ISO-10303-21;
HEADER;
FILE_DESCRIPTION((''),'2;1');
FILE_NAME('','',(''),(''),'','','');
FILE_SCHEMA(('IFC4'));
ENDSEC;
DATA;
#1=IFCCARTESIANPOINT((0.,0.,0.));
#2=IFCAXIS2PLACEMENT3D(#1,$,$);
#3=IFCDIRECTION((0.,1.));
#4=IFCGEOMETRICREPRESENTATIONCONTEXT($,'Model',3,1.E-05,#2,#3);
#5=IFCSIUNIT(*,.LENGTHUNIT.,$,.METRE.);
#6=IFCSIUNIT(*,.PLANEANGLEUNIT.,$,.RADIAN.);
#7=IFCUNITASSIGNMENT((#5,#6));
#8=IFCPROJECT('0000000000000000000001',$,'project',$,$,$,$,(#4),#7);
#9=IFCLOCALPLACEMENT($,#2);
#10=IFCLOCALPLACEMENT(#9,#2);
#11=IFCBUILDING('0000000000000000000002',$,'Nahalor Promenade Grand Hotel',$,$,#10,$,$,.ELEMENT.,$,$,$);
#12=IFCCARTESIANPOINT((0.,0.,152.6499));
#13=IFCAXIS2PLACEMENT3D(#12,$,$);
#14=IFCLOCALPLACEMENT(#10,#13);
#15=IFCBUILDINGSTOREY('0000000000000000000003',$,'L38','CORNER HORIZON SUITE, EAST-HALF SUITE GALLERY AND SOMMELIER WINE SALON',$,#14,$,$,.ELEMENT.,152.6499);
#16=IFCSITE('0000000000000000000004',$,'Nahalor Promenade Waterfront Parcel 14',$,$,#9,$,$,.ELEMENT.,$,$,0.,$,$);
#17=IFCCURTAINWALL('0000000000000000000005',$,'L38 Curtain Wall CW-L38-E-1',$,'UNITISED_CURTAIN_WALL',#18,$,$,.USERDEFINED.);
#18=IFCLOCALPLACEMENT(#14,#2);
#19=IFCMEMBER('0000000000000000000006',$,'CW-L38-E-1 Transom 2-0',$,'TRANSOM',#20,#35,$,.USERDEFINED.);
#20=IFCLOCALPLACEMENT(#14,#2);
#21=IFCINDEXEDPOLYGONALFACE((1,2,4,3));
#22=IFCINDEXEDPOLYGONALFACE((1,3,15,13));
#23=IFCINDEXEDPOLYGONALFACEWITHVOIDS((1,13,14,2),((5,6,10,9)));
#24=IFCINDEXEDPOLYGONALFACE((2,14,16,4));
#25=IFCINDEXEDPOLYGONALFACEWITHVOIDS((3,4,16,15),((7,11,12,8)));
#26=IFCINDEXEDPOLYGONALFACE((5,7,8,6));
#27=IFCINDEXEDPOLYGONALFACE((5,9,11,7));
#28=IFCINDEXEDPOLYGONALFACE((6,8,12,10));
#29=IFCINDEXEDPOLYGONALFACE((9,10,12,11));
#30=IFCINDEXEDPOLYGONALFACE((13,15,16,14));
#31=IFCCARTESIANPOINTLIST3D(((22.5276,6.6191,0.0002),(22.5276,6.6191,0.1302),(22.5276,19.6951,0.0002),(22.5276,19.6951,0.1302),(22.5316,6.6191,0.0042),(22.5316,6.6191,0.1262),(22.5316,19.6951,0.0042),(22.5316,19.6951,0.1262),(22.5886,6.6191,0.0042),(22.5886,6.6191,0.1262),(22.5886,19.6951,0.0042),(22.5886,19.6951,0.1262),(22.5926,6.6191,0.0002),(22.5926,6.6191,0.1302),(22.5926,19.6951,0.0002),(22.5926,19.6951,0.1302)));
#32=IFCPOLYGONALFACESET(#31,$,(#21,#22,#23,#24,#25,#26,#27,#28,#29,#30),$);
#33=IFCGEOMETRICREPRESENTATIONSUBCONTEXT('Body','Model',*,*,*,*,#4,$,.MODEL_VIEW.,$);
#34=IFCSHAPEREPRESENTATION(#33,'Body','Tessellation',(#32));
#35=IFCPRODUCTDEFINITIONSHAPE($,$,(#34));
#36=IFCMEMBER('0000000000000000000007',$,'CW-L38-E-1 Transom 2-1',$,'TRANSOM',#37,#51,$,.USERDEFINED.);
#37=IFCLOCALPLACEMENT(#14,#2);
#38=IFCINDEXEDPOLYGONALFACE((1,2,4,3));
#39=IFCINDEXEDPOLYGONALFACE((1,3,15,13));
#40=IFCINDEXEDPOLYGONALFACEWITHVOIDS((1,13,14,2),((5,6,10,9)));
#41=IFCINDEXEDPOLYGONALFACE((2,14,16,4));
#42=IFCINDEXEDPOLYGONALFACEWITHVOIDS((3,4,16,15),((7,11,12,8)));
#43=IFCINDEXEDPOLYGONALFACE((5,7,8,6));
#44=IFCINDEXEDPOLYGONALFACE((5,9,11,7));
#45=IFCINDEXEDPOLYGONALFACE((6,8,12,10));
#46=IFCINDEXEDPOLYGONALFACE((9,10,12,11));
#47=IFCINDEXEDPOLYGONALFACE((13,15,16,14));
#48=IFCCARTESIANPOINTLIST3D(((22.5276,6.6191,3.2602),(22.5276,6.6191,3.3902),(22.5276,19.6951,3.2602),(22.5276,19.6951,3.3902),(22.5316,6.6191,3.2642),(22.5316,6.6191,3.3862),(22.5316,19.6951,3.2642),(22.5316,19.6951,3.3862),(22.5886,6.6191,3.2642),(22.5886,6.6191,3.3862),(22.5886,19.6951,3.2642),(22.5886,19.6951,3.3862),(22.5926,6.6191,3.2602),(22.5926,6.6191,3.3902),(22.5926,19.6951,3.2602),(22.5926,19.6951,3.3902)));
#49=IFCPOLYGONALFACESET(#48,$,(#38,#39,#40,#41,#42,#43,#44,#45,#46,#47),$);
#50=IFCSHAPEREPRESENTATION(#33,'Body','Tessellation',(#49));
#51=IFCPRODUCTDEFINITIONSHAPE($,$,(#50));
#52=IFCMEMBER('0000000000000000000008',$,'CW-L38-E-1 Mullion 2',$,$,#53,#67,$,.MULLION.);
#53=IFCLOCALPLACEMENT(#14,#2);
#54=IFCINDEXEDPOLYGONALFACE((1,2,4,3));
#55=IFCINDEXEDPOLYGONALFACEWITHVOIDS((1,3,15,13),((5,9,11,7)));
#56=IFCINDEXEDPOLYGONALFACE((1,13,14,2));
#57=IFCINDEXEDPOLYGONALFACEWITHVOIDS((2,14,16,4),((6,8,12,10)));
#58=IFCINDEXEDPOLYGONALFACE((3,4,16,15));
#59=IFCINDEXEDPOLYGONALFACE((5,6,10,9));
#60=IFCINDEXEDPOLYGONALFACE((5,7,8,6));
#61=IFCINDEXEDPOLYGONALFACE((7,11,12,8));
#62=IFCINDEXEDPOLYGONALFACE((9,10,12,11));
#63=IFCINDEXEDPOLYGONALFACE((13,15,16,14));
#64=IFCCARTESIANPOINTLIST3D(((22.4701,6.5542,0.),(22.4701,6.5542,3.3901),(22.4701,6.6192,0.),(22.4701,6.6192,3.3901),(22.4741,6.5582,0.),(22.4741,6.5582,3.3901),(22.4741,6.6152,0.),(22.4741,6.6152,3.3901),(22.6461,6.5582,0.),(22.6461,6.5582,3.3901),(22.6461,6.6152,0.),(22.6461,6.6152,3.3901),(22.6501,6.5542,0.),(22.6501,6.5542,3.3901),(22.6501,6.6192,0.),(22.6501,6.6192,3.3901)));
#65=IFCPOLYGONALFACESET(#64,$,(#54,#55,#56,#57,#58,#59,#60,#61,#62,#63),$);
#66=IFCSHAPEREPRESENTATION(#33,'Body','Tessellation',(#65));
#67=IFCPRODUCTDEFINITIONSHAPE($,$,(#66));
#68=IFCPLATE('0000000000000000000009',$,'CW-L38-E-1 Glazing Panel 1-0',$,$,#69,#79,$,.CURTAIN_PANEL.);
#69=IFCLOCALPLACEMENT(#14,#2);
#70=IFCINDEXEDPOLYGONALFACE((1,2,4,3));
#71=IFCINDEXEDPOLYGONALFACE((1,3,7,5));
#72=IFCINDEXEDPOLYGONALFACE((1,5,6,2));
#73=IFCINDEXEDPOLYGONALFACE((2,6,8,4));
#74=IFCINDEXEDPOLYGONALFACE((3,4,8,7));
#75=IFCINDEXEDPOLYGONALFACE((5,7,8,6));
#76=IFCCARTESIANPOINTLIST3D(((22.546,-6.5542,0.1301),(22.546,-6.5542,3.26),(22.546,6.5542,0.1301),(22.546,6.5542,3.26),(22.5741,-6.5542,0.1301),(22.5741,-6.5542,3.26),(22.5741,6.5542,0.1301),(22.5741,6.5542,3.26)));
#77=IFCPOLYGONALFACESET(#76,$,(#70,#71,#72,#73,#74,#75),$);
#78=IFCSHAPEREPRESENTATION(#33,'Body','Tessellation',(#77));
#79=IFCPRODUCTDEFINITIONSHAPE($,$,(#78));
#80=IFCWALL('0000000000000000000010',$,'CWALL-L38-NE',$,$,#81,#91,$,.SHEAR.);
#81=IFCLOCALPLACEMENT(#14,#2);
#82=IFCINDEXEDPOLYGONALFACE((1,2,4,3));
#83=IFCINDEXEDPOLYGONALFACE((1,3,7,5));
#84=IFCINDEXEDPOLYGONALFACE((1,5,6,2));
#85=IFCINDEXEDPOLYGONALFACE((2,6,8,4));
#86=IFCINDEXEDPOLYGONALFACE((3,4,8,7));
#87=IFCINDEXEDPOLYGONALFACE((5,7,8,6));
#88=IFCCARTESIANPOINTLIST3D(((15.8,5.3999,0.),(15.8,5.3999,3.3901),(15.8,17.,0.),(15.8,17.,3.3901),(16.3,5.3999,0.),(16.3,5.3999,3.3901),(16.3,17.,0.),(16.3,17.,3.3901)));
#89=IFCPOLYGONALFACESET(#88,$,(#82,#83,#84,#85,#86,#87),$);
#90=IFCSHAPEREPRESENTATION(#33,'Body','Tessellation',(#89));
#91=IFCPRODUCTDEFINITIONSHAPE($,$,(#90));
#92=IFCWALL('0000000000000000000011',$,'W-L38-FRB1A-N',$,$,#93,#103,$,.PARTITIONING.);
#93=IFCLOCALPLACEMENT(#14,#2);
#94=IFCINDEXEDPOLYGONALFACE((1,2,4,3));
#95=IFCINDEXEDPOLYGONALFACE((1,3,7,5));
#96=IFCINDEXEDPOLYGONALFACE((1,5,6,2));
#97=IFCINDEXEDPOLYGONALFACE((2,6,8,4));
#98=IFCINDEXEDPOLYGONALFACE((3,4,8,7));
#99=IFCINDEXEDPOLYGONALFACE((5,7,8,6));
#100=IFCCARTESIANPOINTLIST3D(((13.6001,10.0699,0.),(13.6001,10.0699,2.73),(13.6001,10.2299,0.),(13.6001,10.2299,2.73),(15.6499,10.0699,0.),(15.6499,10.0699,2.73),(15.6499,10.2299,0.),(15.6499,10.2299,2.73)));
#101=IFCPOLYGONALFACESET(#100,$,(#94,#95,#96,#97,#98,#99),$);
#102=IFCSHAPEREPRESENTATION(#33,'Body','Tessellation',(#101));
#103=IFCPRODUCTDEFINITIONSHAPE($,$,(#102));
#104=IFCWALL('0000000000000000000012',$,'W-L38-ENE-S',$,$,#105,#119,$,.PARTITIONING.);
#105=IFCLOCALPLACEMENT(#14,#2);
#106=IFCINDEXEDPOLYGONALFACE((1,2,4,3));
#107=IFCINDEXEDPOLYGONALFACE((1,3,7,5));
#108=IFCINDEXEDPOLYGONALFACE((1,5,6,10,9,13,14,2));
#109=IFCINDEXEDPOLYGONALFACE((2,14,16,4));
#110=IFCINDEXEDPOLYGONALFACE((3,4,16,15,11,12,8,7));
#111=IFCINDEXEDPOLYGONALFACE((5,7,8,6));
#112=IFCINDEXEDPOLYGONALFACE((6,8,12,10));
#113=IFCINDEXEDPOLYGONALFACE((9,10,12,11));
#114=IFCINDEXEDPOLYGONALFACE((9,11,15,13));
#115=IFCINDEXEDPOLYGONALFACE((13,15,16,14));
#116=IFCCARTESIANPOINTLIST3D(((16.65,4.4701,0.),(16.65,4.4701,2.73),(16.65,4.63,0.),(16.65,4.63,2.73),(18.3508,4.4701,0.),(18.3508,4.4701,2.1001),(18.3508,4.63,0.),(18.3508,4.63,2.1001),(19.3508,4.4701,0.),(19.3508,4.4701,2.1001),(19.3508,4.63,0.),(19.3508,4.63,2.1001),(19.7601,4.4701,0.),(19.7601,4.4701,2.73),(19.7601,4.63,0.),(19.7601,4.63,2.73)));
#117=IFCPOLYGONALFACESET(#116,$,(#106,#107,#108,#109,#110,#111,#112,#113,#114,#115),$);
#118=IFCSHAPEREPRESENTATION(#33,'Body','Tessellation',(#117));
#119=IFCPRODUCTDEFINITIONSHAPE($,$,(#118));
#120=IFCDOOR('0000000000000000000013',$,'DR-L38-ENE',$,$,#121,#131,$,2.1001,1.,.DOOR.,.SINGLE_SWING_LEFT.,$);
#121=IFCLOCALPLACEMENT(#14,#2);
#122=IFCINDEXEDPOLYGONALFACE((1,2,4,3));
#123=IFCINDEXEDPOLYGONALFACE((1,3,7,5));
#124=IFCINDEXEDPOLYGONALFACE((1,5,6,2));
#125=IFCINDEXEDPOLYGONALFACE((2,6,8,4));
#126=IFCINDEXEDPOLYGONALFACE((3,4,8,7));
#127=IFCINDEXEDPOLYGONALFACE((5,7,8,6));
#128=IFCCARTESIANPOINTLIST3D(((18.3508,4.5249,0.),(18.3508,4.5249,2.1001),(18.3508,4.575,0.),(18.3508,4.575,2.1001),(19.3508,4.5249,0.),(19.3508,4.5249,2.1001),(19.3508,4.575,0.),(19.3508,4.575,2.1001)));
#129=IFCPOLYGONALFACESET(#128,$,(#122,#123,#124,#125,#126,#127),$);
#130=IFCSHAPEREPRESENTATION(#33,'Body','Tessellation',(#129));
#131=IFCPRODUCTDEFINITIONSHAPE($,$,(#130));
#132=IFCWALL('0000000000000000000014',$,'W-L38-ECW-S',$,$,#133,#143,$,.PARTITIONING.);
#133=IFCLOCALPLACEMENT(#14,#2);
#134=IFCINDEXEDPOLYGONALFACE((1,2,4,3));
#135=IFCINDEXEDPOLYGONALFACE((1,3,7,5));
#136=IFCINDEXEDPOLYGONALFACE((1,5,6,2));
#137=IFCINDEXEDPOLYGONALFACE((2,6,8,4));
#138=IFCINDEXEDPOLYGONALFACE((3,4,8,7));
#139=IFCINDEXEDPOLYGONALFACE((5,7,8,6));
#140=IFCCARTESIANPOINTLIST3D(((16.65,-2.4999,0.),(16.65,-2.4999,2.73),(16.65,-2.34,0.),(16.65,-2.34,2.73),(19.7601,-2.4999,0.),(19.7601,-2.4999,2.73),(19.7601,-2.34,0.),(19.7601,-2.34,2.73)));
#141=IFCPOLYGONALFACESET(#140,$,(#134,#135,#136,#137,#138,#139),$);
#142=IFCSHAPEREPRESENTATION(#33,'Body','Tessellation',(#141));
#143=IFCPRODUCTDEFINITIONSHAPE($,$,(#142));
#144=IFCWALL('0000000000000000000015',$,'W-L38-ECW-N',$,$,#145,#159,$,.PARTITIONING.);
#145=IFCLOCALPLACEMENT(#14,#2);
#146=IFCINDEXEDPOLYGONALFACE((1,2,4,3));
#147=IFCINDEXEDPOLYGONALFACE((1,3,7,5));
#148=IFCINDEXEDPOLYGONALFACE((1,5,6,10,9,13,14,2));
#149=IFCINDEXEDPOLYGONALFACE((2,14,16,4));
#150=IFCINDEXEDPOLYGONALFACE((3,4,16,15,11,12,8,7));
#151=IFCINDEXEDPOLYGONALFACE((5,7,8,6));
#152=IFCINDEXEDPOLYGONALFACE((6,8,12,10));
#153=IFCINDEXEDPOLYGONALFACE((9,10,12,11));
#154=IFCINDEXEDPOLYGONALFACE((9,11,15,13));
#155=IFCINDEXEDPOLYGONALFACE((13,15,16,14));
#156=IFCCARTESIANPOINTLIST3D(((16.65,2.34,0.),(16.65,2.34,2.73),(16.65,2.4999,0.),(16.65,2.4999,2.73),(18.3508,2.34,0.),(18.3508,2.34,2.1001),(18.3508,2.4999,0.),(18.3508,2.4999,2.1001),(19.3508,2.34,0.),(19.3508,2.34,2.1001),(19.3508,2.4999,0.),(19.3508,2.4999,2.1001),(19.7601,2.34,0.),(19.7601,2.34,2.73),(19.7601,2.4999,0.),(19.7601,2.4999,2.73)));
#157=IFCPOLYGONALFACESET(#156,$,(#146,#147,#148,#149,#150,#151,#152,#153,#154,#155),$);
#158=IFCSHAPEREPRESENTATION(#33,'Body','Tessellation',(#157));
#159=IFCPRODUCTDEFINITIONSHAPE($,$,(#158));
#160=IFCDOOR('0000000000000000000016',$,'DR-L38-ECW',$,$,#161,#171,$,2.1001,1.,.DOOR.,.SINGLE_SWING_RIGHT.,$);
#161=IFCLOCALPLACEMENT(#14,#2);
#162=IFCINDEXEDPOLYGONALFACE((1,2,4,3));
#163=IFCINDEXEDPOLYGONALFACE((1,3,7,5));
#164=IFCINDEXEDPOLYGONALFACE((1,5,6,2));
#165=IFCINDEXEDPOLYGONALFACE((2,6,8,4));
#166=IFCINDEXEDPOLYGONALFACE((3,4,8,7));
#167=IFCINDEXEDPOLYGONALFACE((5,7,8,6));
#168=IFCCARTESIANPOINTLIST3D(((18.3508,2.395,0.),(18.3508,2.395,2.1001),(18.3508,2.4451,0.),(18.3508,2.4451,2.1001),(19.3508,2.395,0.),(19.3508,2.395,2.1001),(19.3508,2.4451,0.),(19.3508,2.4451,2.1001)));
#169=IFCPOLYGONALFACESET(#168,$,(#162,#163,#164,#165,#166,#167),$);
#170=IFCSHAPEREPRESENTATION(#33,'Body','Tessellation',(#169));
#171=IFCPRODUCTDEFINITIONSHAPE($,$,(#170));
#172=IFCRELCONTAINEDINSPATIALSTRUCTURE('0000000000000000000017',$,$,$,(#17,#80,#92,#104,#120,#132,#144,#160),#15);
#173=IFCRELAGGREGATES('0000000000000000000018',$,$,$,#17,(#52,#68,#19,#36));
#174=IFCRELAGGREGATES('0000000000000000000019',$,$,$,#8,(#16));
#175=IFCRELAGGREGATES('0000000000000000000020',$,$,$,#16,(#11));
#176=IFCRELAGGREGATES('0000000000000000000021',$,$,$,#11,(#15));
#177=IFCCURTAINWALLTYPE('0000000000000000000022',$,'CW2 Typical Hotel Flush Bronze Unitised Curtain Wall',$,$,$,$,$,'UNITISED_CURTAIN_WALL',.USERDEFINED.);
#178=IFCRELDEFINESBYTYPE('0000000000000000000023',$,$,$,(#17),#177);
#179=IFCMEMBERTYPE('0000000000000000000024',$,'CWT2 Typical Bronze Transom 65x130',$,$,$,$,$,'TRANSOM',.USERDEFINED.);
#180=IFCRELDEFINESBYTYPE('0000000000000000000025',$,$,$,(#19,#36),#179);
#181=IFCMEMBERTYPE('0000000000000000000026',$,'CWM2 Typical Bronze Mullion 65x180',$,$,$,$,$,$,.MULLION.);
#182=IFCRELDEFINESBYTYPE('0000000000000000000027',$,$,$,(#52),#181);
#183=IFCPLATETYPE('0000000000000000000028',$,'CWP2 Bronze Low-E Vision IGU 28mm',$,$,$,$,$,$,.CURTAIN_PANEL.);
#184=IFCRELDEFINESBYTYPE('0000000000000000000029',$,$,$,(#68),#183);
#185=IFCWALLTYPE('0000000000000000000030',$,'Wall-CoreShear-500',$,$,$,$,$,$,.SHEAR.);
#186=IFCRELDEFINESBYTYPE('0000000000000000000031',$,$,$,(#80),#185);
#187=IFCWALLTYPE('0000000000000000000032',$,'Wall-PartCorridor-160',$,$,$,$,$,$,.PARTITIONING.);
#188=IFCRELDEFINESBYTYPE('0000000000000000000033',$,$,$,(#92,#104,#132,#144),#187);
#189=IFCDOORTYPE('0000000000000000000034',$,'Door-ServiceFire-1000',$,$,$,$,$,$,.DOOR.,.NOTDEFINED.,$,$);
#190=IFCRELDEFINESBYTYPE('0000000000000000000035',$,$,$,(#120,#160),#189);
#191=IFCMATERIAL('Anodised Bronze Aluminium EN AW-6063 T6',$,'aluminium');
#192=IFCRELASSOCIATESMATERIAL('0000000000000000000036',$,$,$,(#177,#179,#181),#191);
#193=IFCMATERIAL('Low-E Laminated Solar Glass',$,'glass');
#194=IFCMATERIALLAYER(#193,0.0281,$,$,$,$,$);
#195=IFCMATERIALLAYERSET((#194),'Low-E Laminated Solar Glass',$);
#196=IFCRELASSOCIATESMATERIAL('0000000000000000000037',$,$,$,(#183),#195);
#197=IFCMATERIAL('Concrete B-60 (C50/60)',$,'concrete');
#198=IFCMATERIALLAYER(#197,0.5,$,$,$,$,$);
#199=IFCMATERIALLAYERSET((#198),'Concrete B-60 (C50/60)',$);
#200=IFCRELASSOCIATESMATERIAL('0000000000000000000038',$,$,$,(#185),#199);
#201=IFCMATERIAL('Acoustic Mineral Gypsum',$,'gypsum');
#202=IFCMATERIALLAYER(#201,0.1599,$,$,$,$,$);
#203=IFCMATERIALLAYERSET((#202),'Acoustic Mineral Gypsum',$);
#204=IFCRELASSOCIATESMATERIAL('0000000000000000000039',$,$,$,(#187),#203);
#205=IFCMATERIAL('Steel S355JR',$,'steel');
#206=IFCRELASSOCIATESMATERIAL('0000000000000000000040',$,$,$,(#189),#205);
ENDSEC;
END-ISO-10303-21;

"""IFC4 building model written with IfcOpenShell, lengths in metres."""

from ifc_helpers import new_model, si_unit, direction, frame, frame_2d, origin, origin_2d, place, context, subcontext, project, spatial, rectangle, hollow_rectangle, extrude, source, transform, mapped, material, layer, layer_set, material_profile, profile_set, type_object, element, fill, aggregate, save


model = new_model("IFC4")

# Units and contexts
model_context = context("Model", 3, precision=1e-05, world=origin(), true_north=direction((0.0, 1.0)))
body_context = subcontext(model_context, "Body", "Model", "MODEL_VIEW")
ifc_project = project(units=[si_unit("LENGTHUNIT", "METRE"), si_unit("PLANEANGLEUNIT", "RADIAN")], contexts=[model_context])

# Site, building, storey
site_placement = place(None, origin())
site = spatial("IfcSite", under=ifc_project, at=site_placement, Name="Nahalor Promenade Waterfront Parcel 14", CompositionType="ELEMENT", RefElevation=0.0)
building_placement = place(site_placement, origin())
building = spatial("IfcBuilding", under=site, at=building_placement, Name="Nahalor Promenade Grand Hotel", CompositionType="ELEMENT")
storey_placement = place(building_placement, frame((0.0, 0.0, 152.6499)))
storey = spatial("IfcBuildingStorey", under=building, at=storey_placement, Name="L38", Description="CORNER HORIZON SUITE, EAST-HALF SUITE GALLERY AND SOMMELIER WINE SALON", CompositionType="ELEMENT", Elevation=152.6499)

# Shared definitions
ifc_material_1 = material(Name="Steel S355JR", Category="steel")

# Curtain wall, members, plate
ifc_material_2 = material(Name="Anodised Bronze Aluminium EN AW-6063 T6", Category="aluminium")
curtain_wall_type = type_object("IfcCurtainWallType", Name="CW2 Typical Hotel Flush Bronze Unitised Curtain Wall", ElementType="UNITISED_CURTAIN_WALL", PredefinedType="USERDEFINED", material=ifc_material_2)
curtain_wall_placement = place(storey_placement, origin())
curtain_wall = element("IfcCurtainWall", 1, at=curtain_wall_placement, inside=storey, type_object=curtain_wall_type, Name="L38 Curtain Wall CW-L38-E-1", ObjectType="UNITISED_CURTAIN_WALL", PredefinedType="USERDEFINED")
ifc_material_profile_1 = material_profile(ifc_material_2, hollow_rectangle(XDim=0.065, YDim=0.13, WallThickness=0.004, at=origin_2d()), Name="CWT 65x130x4")
ifc_profile_set_1 = profile_set([ifc_material_profile_1], Name="Anodised Bronze Aluminium EN AW-6063 T6")
member_type_1 = type_object("IfcMemberType", Name="CWT2 Typical Bronze Transom 65x130", ElementType="TRANSOM", PredefinedType="USERDEFINED", material=ifc_profile_set_1)
shared_shape_1 = source(origin(), body_context, "Body", "SweptSolid", [
    extrude(hollow_rectangle(XDim=0.065, YDim=0.13, WallThickness=0.004, at=origin_2d()), origin(), (0.0, 0.0, 1.0), 13.0759),
])
member_1_placement = place(storey_placement, frame((22.5601, 6.6191, 0.0652), z_axis=(0.0, 1.0, 0.0), x_axis=(-1.0, 0.0, 0.0)))
member_1 = element("IfcMember", 2, at=member_1_placement, type_object=member_type_1, Name="CW-L38-E-1 Transom 2-0", ObjectType="TRANSOM", PredefinedType="USERDEFINED", context=body_context, shape_type="MappedRepresentation", body=[
    mapped(shared_shape_1, transform((0.0, 0.0, 0.0), scale=1.0)),
])
member_2_placement = place(storey_placement, frame((22.5601, 6.6191, 3.3252), z_axis=(0.0, 1.0, 0.0), x_axis=(-1.0, 0.0, 0.0)))
member_2 = element("IfcMember", 3, at=member_2_placement, type_object=member_type_1, Name="CW-L38-E-1 Transom 2-1", ObjectType="TRANSOM", PredefinedType="USERDEFINED", context=body_context, shape_type="MappedRepresentation", body=[
    mapped(shared_shape_1, transform((0.0, 0.0, 0.0), scale=1.0)),
])
ifc_material_profile_2 = material_profile(ifc_material_2, hollow_rectangle(XDim=0.065, YDim=0.18, WallThickness=0.004, at=origin_2d()), Name="CWM 65x180x4")
ifc_profile_set_2 = profile_set([ifc_material_profile_2], Name="Anodised Bronze Aluminium EN AW-6063 T6")
member_type_2 = type_object("IfcMemberType", Name="CWM2 Typical Bronze Mullion 65x180", PredefinedType="MULLION", material=ifc_profile_set_2)
shared_shape_2 = source(origin(), body_context, "Body", "SweptSolid", [
    extrude(hollow_rectangle(XDim=0.065, YDim=0.18, WallThickness=0.004, at=origin_2d()), origin(), (0.0, 0.0, 1.0), 3.3901),
])
member_3_placement = place(storey_placement, frame((22.5601, 6.5867, 0.0), z_axis=(0.0, 0.0, 1.0), x_axis=(0.0, 1.0, 0.0)))
member_3 = element("IfcMember", 4, at=member_3_placement, type_object=member_type_2, Name="CW-L38-E-1 Mullion 2", PredefinedType="MULLION", context=body_context, shape_type="MappedRepresentation", body=[
    mapped(shared_shape_2, transform((0.0, 0.0, 0.0), scale=1.0)),
])
ifc_material_3 = material(Name="Low-E Laminated Solar Glass", Category="glass")
ifc_layer_1 = layer(ifc_material_3, 0.0281)
ifc_layer_set_1 = layer_set([ifc_layer_1], Name="Low-E Laminated Solar Glass")
plate_type = type_object("IfcPlateType", Name="CWP2 Bronze Low-E Vision IGU 28mm", PredefinedType="CURTAIN_PANEL", material=ifc_layer_set_1)
shared_shape_3 = source(origin(), body_context, "Body", "SweptSolid", [
    extrude(rectangle(XDim=13.1084, YDim=0.0281, at=origin_2d()), origin(), (0.0, 0.0, 1.0), 3.1299),
])
plate_placement = place(storey_placement, frame((22.5601, 0.0, 0.1301), z_axis=(0.0, 0.0, 1.0), x_axis=(0.0, 1.0, 0.0)))
plate = element("IfcPlate", 5, at=plate_placement, type_object=plate_type, Name="CW-L38-E-1 Glazing Panel 1-0", PredefinedType="CURTAIN_PANEL", context=body_context, shape_type="MappedRepresentation", body=[
    mapped(shared_shape_3, transform((0.0, 0.0, 0.0), scale=1.0)),
])
aggregate(curtain_wall, [member_3, plate, member_1, member_2])

# Walls
ifc_material_4 = material(Name="Concrete B-60 (C50/60)", Category="concrete")
ifc_layer_2 = layer(ifc_material_4, 0.5)
ifc_layer_set_2 = layer_set([ifc_layer_2], Name="Concrete B-60 (C50/60)")
wall_type_1 = type_object("IfcWallType", Name="Wall-CoreShear-500", PredefinedType="SHEAR", material=ifc_layer_set_2)
shared_shape_4 = source(origin(), body_context, "Body", "SweptSolid", [
    extrude(rectangle(XDim=11.6001, YDim=0.5, at=frame_2d((5.8, 0.0))), origin(), (0.0, 0.0, 1.0), 3.3901),
])
wall_1_placement = place(storey_placement, frame((16.05, 5.3999, 0.0), z_axis=(0.0, 0.0, 1.0), x_axis=(0.0, 1.0, 0.0)))
element("IfcWall", 6, at=wall_1_placement, inside=storey, type_object=wall_type_1, Name="CWALL-L38-NE", PredefinedType="SHEAR", context=body_context, shape_type="MappedRepresentation", body=[
    mapped(shared_shape_4, transform((0.0, 0.0, 0.0), scale=1.0)),
])
ifc_material_5 = material(Name="Acoustic Mineral Gypsum", Category="gypsum")
ifc_layer_3 = layer(ifc_material_5, 0.1599)
ifc_layer_set_3 = layer_set([ifc_layer_3], Name="Acoustic Mineral Gypsum")
wall_type_2 = type_object("IfcWallType", Name="Wall-PartCorridor-160", PredefinedType="PARTITIONING", material=ifc_layer_set_3)
shared_shape_5 = source(origin(), body_context, "Body", "SweptSolid", [
    extrude(rectangle(XDim=2.0498, YDim=0.1599, at=frame_2d((1.0249, 0.0))), origin(), (0.0, 0.0, 1.0), 2.73),
])
wall_2_placement = place(storey_placement, frame((13.6001, 10.1499, 0.0), z_axis=(0.0, 0.0, 1.0), x_axis=(1.0, 0.0, 0.0)))
element("IfcWall", 7, at=wall_2_placement, inside=storey, type_object=wall_type_2, Name="W-L38-FRB1A-N", PredefinedType="PARTITIONING", context=body_context, shape_type="MappedRepresentation", body=[
    mapped(shared_shape_5, transform((0.0, 0.0, 0.0), scale=1.0)),
])

# Wall, opening, door
shared_shape_6 = source(origin(), body_context, "Body", "SweptSolid", [
    extrude(rectangle(XDim=3.1101, YDim=0.1599, at=frame_2d((1.5552, 0.0))), origin(), (0.0, 0.0, 1.0), 2.73),
])
wall_3_placement = place(storey_placement, frame((16.6499, 4.55, 0.0), z_axis=(0.0, 0.0, 1.0), x_axis=(1.0, 0.0, 0.0)))
wall_3 = element("IfcWall", 8, at=wall_3_placement, inside=storey, type_object=wall_type_2, Name="W-L38-ENE-S", PredefinedType="PARTITIONING", context=body_context, shape_type="MappedRepresentation", body=[
    mapped(shared_shape_6, transform((0.0, 0.0, 0.0), scale=1.0)),
])
opening_1_placement = place(wall_3_placement, frame((1.7009, 0.0, 0.0)))
opening_1 = element("IfcOpeningElement", 9, at=opening_1_placement, cuts=wall_3, PredefinedType="OPENING", context=body_context, shape_type="SweptSolid", body=[
    extrude(rectangle(XDim=1.0, YDim=2.1001, at=frame_2d((0.5, 1.05))), frame((0.0, 0.0898, 0.0), z_axis=(0.0, -1.0, 0.0), x_axis=(1.0, 0.0, 0.0)), (0.0, 0.0, 1.0), 0.1799),
])
door_type_1 = type_object("IfcDoorType", Name="Door-ServiceFire-1000", OperationType="NOTDEFINED", PredefinedType="DOOR", material=ifc_material_1)
shared_shape_7 = source(origin(), body_context, "Body", "SweptSolid", [
    extrude(rectangle(XDim=1.0, YDim=2.1001, at=frame_2d((0.5, 1.05))), frame((0.0, 0.0249, 0.0), z_axis=(0.0, -1.0, 0.0), x_axis=(1.0, 0.0, 0.0)), (0.0, 0.0, 1.0), 0.05),
])
door_1_placement = place(opening_1_placement, origin())
door_1 = element("IfcDoor", 10, at=door_1_placement, inside=storey, type_object=door_type_1, Name="DR-L38-ENE", OperationType="SINGLE_SWING_LEFT", OverallHeight=2.1001, OverallWidth=1.0, PredefinedType="DOOR", context=body_context, shape_type="MappedRepresentation", body=[
    mapped(shared_shape_7, transform((0.0, 0.0, 0.0), scale=1.0)),
])
fill(opening_1, door_1)

# Wall
wall_4_placement = place(storey_placement, frame((16.6499, -2.4199, 0.0), z_axis=(0.0, 0.0, 1.0), x_axis=(1.0, 0.0, 0.0)))
element("IfcWall", 11, at=wall_4_placement, inside=storey, type_object=wall_type_2, Name="W-L38-ECW-S", PredefinedType="PARTITIONING", context=body_context, shape_type="MappedRepresentation", body=[
    mapped(shared_shape_6, transform((0.0, 0.0, 0.0), scale=1.0)),
])

# Wall, opening, door
wall_5_placement = place(storey_placement, frame((16.6499, 2.4199, 0.0), z_axis=(0.0, 0.0, 1.0), x_axis=(1.0, 0.0, 0.0)))
wall_5 = element("IfcWall", 12, at=wall_5_placement, inside=storey, type_object=wall_type_2, Name="W-L38-ECW-N", PredefinedType="PARTITIONING", context=body_context, shape_type="MappedRepresentation", body=[
    mapped(shared_shape_6, transform((0.0, 0.0, 0.0), scale=1.0)),
])
opening_2_placement = place(wall_5_placement, frame((1.7009, 0.0, 0.0)))
opening_2 = element("IfcOpeningElement", 13, at=opening_2_placement, cuts=wall_5, PredefinedType="OPENING", context=body_context, shape_type="SweptSolid", body=[
    extrude(rectangle(XDim=1.0, YDim=2.1001, at=frame_2d((0.5, 1.05))), frame((0.0, 0.0898, 0.0), z_axis=(0.0, -1.0, 0.0), x_axis=(1.0, 0.0, 0.0)), (0.0, 0.0, 1.0), 0.1799),
])
door_2_placement = place(opening_2_placement, frame((1.0, 0.0, 0.0), z_axis=(0.0, 0.0, 1.0), x_axis=(-1.0, 0.0, 0.0)))
door_2 = element("IfcDoor", 14, at=door_2_placement, inside=storey, type_object=door_type_1, Name="DR-L38-ECW", OperationType="SINGLE_SWING_RIGHT", OverallHeight=2.1001, OverallWidth=1.0, PredefinedType="DOOR", context=body_context, shape_type="MappedRepresentation", body=[
    mapped(shared_shape_7, transform((0.0, 0.0, 0.0), scale=1.0)),
])
fill(opening_2, door_2)

save(model, "model.ifc")
